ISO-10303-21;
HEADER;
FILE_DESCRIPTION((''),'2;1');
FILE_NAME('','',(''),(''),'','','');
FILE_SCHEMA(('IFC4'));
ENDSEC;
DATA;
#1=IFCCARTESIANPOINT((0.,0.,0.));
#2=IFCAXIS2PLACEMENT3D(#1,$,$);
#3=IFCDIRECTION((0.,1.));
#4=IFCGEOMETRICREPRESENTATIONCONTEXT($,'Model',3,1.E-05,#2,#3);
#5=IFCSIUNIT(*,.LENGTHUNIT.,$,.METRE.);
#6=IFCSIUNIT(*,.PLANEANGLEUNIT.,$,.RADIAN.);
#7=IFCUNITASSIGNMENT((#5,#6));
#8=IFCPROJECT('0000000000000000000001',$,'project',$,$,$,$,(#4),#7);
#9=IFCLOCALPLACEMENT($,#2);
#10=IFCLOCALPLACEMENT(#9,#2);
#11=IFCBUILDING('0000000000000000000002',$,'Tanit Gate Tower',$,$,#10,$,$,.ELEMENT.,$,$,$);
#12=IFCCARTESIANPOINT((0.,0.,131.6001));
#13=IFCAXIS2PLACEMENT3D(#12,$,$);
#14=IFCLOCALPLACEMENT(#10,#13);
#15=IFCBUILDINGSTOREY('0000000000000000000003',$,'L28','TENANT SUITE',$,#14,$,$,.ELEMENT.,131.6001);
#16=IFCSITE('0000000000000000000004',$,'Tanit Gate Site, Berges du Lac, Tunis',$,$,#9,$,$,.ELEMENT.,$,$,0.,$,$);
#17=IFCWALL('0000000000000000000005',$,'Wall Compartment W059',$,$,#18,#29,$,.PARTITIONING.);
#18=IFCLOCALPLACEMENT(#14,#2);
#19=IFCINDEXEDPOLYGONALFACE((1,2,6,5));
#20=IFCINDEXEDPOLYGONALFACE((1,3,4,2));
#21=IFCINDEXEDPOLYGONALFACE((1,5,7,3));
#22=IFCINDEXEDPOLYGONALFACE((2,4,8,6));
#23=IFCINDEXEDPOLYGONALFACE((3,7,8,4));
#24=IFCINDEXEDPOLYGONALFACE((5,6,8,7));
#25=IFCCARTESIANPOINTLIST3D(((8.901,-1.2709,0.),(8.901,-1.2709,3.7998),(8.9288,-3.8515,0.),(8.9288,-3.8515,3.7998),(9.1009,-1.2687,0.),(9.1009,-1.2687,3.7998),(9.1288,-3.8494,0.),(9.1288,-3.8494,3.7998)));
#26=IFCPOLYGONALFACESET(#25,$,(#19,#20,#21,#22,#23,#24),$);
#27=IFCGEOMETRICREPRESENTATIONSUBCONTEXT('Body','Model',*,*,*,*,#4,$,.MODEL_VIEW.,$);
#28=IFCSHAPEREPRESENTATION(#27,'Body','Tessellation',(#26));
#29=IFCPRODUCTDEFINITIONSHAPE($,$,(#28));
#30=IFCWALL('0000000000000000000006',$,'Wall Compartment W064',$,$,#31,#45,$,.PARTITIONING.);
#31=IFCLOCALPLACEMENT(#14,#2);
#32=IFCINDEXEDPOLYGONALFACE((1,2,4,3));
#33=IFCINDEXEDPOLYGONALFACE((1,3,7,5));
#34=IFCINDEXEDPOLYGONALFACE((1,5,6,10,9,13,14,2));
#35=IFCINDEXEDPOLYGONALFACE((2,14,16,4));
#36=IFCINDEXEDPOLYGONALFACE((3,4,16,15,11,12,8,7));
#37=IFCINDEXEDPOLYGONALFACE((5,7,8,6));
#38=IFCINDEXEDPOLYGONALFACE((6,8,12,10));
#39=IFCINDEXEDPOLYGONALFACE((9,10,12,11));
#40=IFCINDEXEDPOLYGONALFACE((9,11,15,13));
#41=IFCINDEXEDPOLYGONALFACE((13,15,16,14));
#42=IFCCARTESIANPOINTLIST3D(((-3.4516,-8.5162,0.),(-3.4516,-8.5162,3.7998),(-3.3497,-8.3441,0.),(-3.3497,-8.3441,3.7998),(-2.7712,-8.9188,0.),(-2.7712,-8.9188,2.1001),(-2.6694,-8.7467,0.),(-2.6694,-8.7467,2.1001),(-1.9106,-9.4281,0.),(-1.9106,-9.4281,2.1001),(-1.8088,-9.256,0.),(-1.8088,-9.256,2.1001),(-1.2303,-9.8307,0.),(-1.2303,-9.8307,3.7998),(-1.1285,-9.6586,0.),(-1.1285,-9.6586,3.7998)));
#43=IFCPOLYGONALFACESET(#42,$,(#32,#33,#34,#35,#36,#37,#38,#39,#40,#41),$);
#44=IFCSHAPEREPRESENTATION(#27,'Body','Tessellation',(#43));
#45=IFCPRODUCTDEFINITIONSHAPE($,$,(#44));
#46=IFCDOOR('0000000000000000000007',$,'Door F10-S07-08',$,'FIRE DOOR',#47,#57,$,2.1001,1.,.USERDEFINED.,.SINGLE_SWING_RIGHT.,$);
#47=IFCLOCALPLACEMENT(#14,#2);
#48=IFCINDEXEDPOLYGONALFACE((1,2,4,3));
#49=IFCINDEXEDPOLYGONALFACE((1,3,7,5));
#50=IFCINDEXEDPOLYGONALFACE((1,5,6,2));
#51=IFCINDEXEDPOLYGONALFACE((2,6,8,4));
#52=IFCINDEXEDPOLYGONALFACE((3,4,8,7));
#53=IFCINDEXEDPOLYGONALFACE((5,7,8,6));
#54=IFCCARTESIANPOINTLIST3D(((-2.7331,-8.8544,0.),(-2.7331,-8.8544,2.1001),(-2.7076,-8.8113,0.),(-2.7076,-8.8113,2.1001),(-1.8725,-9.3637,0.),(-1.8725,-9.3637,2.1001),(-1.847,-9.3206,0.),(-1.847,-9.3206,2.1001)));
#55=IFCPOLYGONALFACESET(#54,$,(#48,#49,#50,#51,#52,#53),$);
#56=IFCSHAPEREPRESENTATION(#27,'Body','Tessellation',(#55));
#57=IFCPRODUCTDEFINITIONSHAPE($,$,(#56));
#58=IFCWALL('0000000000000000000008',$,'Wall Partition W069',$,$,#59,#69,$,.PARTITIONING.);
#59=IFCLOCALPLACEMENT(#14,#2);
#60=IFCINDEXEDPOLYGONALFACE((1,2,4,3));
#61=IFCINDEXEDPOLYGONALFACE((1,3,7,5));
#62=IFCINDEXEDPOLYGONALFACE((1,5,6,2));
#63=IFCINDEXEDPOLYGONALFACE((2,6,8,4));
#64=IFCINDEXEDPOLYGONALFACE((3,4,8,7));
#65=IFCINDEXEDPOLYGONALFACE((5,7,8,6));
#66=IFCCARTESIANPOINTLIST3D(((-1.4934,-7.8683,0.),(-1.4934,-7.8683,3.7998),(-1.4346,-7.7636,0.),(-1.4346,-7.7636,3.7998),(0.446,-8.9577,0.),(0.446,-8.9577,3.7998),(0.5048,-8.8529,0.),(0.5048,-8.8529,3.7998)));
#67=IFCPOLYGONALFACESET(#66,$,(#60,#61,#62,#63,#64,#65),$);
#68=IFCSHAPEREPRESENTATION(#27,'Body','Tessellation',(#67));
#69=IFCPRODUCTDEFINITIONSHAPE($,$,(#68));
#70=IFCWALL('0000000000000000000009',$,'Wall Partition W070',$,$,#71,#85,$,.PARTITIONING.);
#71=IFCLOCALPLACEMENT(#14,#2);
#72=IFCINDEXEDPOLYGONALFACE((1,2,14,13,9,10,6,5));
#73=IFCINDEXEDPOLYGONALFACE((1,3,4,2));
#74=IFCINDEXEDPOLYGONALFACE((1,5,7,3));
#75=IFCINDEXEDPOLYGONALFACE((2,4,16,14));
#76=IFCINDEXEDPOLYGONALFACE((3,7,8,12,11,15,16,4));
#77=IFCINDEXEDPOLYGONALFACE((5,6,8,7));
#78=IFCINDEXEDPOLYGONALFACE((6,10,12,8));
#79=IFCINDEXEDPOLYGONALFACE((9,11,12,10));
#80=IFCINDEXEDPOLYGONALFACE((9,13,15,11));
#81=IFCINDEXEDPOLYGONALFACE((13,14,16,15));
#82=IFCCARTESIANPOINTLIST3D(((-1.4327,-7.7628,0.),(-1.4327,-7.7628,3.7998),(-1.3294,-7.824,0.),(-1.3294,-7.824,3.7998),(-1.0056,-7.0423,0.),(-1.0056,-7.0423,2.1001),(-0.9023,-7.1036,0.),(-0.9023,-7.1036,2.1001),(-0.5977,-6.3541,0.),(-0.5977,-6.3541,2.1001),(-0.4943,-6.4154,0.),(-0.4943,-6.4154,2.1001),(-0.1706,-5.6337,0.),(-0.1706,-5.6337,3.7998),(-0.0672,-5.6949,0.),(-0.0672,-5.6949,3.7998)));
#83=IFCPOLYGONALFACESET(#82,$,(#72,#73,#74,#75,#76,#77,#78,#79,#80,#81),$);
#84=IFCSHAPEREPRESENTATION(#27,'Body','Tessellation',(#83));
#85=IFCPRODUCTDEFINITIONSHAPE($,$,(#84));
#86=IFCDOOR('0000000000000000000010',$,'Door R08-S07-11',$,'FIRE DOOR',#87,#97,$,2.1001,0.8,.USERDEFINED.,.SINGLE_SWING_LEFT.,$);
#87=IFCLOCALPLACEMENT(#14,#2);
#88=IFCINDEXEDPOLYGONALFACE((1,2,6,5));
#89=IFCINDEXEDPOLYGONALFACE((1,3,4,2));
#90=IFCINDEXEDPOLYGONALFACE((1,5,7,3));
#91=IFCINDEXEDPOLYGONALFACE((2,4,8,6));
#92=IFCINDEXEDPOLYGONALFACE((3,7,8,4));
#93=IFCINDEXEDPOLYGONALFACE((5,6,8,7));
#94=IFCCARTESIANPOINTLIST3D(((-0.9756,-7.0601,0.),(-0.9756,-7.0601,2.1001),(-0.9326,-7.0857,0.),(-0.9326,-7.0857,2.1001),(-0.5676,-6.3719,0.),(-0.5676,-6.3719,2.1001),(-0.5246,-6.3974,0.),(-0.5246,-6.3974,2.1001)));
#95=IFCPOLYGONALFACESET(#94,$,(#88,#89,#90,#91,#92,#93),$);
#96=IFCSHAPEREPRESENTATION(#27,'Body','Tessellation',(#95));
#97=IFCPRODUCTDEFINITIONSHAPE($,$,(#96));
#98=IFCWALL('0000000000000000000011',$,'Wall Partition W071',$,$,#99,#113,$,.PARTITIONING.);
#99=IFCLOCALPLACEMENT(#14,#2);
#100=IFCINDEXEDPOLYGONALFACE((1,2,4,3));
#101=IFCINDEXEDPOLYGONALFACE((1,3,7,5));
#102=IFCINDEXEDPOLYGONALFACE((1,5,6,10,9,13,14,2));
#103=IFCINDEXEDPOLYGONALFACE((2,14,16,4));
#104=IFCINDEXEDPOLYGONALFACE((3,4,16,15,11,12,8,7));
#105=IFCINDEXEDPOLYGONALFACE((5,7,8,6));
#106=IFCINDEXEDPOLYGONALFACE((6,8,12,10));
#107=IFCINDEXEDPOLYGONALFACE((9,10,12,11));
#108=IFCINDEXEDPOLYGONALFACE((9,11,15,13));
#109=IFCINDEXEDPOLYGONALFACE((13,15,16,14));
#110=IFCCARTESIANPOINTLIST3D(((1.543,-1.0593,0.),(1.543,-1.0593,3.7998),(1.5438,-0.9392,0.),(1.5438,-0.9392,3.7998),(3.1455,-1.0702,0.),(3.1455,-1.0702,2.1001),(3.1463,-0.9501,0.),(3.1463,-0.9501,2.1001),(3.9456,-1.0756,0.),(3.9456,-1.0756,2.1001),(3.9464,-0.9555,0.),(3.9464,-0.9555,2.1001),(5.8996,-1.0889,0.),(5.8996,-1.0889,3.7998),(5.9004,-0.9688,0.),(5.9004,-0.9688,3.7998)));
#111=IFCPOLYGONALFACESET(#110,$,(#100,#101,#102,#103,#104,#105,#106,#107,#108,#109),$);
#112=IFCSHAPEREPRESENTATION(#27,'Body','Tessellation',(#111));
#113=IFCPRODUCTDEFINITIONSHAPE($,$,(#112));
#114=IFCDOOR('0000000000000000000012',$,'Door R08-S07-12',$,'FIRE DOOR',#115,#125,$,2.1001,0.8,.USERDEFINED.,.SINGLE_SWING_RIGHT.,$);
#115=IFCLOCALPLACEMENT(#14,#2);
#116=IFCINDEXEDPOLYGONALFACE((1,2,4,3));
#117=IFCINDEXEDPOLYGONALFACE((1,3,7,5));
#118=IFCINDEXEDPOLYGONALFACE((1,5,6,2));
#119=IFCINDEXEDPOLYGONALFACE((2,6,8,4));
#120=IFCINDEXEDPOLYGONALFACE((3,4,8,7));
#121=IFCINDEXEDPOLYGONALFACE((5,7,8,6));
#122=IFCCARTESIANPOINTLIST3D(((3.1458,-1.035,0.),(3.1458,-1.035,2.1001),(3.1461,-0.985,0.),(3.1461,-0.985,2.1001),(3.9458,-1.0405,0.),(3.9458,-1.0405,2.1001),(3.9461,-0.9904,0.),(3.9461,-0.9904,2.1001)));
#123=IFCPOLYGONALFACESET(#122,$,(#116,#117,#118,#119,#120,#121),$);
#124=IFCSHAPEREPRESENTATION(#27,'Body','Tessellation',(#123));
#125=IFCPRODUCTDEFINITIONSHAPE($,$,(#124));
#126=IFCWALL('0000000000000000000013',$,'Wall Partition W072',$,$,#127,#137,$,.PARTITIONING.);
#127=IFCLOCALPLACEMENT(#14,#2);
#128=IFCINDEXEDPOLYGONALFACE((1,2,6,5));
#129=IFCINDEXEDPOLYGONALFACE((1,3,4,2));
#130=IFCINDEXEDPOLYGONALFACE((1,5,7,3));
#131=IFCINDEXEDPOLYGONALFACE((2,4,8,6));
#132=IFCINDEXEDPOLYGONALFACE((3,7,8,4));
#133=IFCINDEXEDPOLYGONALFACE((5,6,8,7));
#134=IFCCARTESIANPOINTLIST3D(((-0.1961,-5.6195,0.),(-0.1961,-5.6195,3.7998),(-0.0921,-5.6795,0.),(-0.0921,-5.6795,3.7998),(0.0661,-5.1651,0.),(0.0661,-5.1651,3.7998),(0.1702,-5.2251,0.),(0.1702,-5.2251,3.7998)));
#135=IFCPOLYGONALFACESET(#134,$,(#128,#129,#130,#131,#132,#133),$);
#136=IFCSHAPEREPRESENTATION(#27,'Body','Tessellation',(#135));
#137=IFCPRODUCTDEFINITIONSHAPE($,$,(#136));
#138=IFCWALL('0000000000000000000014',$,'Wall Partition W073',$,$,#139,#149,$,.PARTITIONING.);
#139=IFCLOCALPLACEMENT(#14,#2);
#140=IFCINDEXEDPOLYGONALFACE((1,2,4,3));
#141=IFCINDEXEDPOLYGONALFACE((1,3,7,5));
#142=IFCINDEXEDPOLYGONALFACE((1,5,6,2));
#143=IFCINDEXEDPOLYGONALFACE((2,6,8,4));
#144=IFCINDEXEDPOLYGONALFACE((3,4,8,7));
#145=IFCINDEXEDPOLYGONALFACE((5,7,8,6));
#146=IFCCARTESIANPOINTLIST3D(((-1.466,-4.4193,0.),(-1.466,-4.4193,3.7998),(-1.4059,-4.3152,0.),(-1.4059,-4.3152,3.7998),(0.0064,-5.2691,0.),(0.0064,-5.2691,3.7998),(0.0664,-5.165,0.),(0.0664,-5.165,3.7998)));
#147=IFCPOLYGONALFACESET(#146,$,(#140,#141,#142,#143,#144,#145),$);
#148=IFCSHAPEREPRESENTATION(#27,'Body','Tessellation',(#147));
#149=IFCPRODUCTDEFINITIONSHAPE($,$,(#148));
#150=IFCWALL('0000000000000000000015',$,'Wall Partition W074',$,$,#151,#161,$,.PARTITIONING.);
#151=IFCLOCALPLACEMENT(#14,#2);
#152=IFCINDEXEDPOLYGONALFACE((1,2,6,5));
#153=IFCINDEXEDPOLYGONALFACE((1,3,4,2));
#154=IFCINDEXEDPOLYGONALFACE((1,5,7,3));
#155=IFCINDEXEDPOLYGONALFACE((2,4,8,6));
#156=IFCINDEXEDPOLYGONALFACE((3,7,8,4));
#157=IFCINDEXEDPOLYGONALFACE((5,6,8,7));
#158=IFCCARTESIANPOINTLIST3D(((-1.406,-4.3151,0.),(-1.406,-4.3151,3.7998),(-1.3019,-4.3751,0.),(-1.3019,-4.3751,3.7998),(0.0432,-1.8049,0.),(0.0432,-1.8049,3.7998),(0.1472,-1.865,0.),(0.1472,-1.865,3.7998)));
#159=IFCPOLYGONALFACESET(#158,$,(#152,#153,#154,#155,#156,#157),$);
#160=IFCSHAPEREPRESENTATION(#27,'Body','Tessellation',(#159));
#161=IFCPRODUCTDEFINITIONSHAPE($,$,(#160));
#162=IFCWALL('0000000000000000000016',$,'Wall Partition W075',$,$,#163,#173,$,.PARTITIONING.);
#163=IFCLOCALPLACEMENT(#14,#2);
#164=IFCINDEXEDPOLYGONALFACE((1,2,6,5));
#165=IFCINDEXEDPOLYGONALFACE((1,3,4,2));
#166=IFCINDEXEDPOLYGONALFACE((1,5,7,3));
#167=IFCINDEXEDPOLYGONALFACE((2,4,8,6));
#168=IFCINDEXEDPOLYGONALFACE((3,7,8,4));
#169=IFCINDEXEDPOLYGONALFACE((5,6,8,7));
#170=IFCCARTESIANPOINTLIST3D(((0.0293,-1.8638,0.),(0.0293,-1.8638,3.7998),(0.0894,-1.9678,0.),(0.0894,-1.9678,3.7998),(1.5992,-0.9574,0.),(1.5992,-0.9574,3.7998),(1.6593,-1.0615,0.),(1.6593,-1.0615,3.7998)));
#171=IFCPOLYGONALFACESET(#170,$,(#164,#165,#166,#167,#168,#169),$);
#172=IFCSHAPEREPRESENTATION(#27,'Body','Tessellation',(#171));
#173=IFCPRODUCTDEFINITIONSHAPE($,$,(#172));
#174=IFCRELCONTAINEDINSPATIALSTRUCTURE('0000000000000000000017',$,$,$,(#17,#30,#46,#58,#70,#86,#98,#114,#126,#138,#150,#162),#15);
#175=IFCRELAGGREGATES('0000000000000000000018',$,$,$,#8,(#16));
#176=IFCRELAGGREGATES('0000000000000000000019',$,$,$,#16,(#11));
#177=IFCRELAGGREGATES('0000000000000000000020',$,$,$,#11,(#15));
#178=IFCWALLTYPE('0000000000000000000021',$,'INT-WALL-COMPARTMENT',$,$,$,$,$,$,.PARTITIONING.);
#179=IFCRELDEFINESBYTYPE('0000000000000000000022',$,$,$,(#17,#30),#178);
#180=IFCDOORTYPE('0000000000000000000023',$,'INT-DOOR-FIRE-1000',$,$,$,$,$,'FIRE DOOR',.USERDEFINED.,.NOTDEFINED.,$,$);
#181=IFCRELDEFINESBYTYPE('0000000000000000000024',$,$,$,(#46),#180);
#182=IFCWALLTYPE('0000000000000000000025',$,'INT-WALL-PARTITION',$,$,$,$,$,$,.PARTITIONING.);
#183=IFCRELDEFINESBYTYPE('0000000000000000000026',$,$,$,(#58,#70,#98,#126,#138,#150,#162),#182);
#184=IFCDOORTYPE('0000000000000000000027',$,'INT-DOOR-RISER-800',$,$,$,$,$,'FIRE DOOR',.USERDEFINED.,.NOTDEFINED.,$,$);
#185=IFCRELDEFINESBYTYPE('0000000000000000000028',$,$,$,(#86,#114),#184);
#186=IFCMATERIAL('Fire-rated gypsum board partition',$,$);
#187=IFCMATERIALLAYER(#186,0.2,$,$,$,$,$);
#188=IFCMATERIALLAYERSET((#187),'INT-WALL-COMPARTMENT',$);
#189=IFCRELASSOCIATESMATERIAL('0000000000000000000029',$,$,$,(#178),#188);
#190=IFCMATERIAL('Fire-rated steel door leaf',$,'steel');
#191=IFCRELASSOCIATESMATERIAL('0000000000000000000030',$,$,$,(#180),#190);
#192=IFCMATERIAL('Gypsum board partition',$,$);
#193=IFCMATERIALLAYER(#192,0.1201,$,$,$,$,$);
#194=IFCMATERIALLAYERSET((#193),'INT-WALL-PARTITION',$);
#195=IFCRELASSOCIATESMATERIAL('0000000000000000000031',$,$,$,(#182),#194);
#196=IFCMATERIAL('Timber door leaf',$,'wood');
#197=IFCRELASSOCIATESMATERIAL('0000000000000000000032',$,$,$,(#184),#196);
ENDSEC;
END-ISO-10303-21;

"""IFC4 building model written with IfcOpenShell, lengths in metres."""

from ifc_helpers import new_model, si_unit, direction, frame, frame_2d, origin, place, context, subcontext, project, spatial, rectangle, extrude, material, layer, layer_set, type_object, element, fill, save


model = new_model("IFC4")

# Units and contexts
model_context = context("Model", 3, precision=1e-05, world=origin(), true_north=direction((0.0, 1.0)))
body_context = subcontext(model_context, "Body", "Model", "MODEL_VIEW")
ifc_project = project(units=[si_unit("LENGTHUNIT", "METRE"), si_unit("PLANEANGLEUNIT", "RADIAN")], contexts=[model_context])

# Site, building, storey
site_placement = place(None, origin())
site = spatial("IfcSite", under=ifc_project, at=site_placement, Name="Tanit Gate Site, Berges du Lac, Tunis", CompositionType="ELEMENT", RefElevation=0.0)
building_placement = place(site_placement, origin())
building = spatial("IfcBuilding", under=site, at=building_placement, Name="Tanit Gate Tower", CompositionType="ELEMENT")
storey_placement = place(building_placement, frame((0.0, 0.0, 131.6001)))
storey = spatial("IfcBuildingStorey", under=building, at=storey_placement, Name="L28", Description="TENANT SUITE", CompositionType="ELEMENT", Elevation=131.6001)

# Wall
ifc_material_1 = material(Name="Fire-rated gypsum board partition")
ifc_layer_1 = layer(ifc_material_1, 0.2)
ifc_layer_set_1 = layer_set([ifc_layer_1], Name="INT-WALL-COMPARTMENT")
wall_type_1 = type_object("IfcWallType", Name="INT-WALL-COMPARTMENT", PredefinedType="PARTITIONING", material=ifc_layer_set_1)
wall_1_placement = place(storey_placement, frame((9.0288, -3.8506, 0.0), z_axis=(0.0, 0.0, 1.0), x_axis=(-0.010785, 0.999942, 0.0)))
element("IfcWall", 1, at=wall_1_placement, inside=storey, type_object=wall_type_1, Name="Wall Compartment W059", PredefinedType="PARTITIONING", context=body_context, shape_type="SweptSolid", body=[
    extrude(rectangle(XDim=2.5808, YDim=0.2, at=frame_2d((1.2905, 0.0))), origin(), (0.0, 0.0, 1.0), 3.7998),
])

# Wall, opening, door
wall_2_placement = place(storey_placement, frame((-3.4006, -8.4302, 0.0), z_axis=(0.0, 0.0, 1.0), x_axis=(0.860599, -0.509284, 0.0)))
wall_2 = element("IfcWall", 2, at=wall_2_placement, inside=storey, type_object=wall_type_1, Name="Wall Compartment W064", PredefinedType="PARTITIONING", context=body_context, shape_type="SweptSolid", body=[
    extrude(rectangle(XDim=2.5811, YDim=0.2, at=frame_2d((1.2905, 0.0))), origin(), (0.0, 0.0, 1.0), 3.7998),
])
opening_1_placement = place(wall_2_placement, frame((0.7905, 0.0, 0.0)))
opening_1 = element("IfcOpeningElement", 3, at=opening_1_placement, cuts=wall_2, PredefinedType="OPENING", context=body_context, shape_type="SweptSolid", body=[
    extrude(rectangle(XDim=1.0, YDim=2.1001, at=frame_2d((0.5, 1.05))), frame((0.0, 0.1099, 0.0), z_axis=(0.0, -1.0, 0.0), x_axis=(1.0, 0.0, 0.0)), (0.0, 0.0, 1.0), 0.22),
])
ifc_material_2 = material(Name="Fire-rated steel door leaf", Category="steel")
door_type_1 = type_object("IfcDoorType", Name="INT-DOOR-FIRE-1000", ElementType="FIRE DOOR", OperationType="NOTDEFINED", PredefinedType="USERDEFINED", material=ifc_material_2)
door_1_placement = place(opening_1_placement, origin())
door_1 = element("IfcDoor", 4, at=door_1_placement, inside=storey, type_object=door_type_1, Name="Door F10-S07-08", ObjectType="FIRE DOOR", OperationType="SINGLE_SWING_RIGHT", OverallHeight=2.1001, OverallWidth=1.0, PredefinedType="USERDEFINED", context=body_context, shape_type="SweptSolid", body=[
    extrude(rectangle(XDim=1.0, YDim=2.1001, at=frame_2d((0.5, 1.05))), frame((0.0, 0.0249, 0.0), z_axis=(0.0, -1.0, 0.0), x_axis=(1.0, 0.0, 0.0)), (0.0, 0.0, 1.0), 0.05),
])
fill(opening_1, door_1)

# Wall
ifc_material_3 = material(Name="Gypsum board partition")
ifc_layer_2 = layer(ifc_material_3, 0.1201)
ifc_layer_set_2 = layer_set([ifc_layer_2], Name="INT-WALL-PARTITION")
wall_type_2 = type_object("IfcWallType", Name="INT-WALL-PARTITION", PredefinedType="PARTITIONING", material=ifc_layer_set_2)
wall_3_placement = place(storey_placement, frame((-1.4641, -7.8159, 0.0), z_axis=(0.0, 0.0, 1.0), x_axis=(0.87188, -0.489719, 0.0)))
element("IfcWall", 5, at=wall_3_placement, inside=storey, type_object=wall_type_2, Name="Wall Partition W069", PredefinedType="PARTITIONING", context=body_context, shape_type="SweptSolid", body=[
    extrude(rectangle(XDim=2.2244, YDim=0.1201, at=frame_2d((1.1123, 0.0))), origin(), (0.0, 0.0, 1.0), 3.7998),
])

# Walls, openings, doors
wall_4_placement = place(storey_placement, frame((-0.1189, -5.6643, 0.0), z_axis=(0.0, 0.0, 1.0), x_axis=(-0.509948, -0.860205, 0.0)))
wall_4 = element("IfcWall", 6, at=wall_4_placement, inside=storey, type_object=wall_type_2, Name="Wall Partition W070", PredefinedType="PARTITIONING", context=body_context, shape_type="SweptSolid", body=[
    extrude(rectangle(XDim=2.4751, YDim=0.1201, at=frame_2d((1.2375, 0.0))), origin(), (0.0, 0.0, 1.0), 3.7998),
])
opening_2_placement = place(wall_4_placement, frame((0.8376, 0.0, 0.0)))
opening_2 = element("IfcOpeningElement", 7, at=opening_2_placement, cuts=wall_4, PredefinedType="OPENING", context=body_context, shape_type="SweptSolid", body=[
    extrude(rectangle(XDim=0.8, YDim=2.1001, at=frame_2d((0.3999, 1.05))), frame((0.0, 0.0701, 0.0), z_axis=(0.0, -1.0, 0.0), x_axis=(1.0, 0.0, 0.0)), (0.0, 0.0, 1.0), 0.1401),
])
ifc_material_4 = material(Name="Timber door leaf", Category="wood")
door_type_2 = type_object("IfcDoorType", Name="INT-DOOR-RISER-800", ElementType="FIRE DOOR", OperationType="NOTDEFINED", PredefinedType="USERDEFINED", material=ifc_material_4)
door_2_placement = place(opening_2_placement, origin())
door_2 = element("IfcDoor", 8, at=door_2_placement, inside=storey, type_object=door_type_2, Name="Door R08-S07-11", ObjectType="FIRE DOOR", OperationType="SINGLE_SWING_LEFT", OverallHeight=2.1001, OverallWidth=0.8, PredefinedType="USERDEFINED", context=body_context, shape_type="SweptSolid", body=[
    extrude(rectangle(XDim=0.8, YDim=2.1001, at=frame_2d((0.3999, 1.05))), frame((0.0, 0.0249, 0.0), z_axis=(0.0, -1.0, 0.0), x_axis=(1.0, 0.0, 0.0)), (0.0, 0.0, 1.0), 0.05),
])
fill(opening_2, door_2)
wall_5_placement = place(storey_placement, frame((5.8999, -1.0288, 0.0), z_axis=(0.0, 0.0, 1.0), x_axis=(-0.999977, 0.00678, 0.0)))
wall_5 = element("IfcWall", 9, at=wall_5_placement, inside=storey, type_object=wall_type_2, Name="Wall Partition W071", PredefinedType="PARTITIONING", context=body_context, shape_type="SweptSolid", body=[
    extrude(rectangle(XDim=4.3567, YDim=0.1201, at=frame_2d((2.1782, 0.0))), origin(), (0.0, 0.0, 1.0), 3.7998),
])
opening_3_placement = place(wall_5_placement, frame((1.9541, 0.0, 0.0)))
opening_3 = element("IfcOpeningElement", 10, at=opening_3_placement, cuts=wall_5, PredefinedType="OPENING", context=body_context, shape_type="SweptSolid", body=[
    extrude(rectangle(XDim=0.8, YDim=2.1001, at=frame_2d((0.3999, 1.05))), frame((0.0, 0.0701, 0.0), z_axis=(0.0, -1.0, 0.0), x_axis=(1.0, 0.0, 0.0)), (0.0, 0.0, 1.0), 0.1401),
])
door_3_placement = place(opening_3_placement, origin())
door_3 = element("IfcDoor", 11, at=door_3_placement, inside=storey, type_object=door_type_2, Name="Door R08-S07-12", ObjectType="FIRE DOOR", OperationType="SINGLE_SWING_RIGHT", OverallHeight=2.1001, OverallWidth=0.8, PredefinedType="USERDEFINED", context=body_context, shape_type="SweptSolid", body=[
    extrude(rectangle(XDim=0.8, YDim=2.1001, at=frame_2d((0.3999, 1.05))), frame((0.0, 0.0249, 0.0), z_axis=(0.0, -1.0, 0.0), x_axis=(1.0, 0.0, 0.0)), (0.0, 0.0, 1.0), 0.05),
])
fill(opening_3, door_3)

# Walls
wall_6_placement = place(storey_placement, frame((-0.144, -5.6494, 0.0), z_axis=(0.0, 0.0, 1.0), x_axis=(0.499843, 0.866116, 0.0)))
element("IfcWall", 12, at=wall_6_placement, inside=storey, type_object=wall_type_2, Name="Wall Partition W072", PredefinedType="PARTITIONING", context=body_context, shape_type="SweptSolid", body=[
    extrude(rectangle(XDim=0.5247, YDim=0.1201, at=frame_2d((0.2622, 0.0))), origin(), (0.0, 0.0, 1.0), 3.7998),
])
wall_7_placement = place(storey_placement, frame((-1.436, -4.3672, 0.0), z_axis=(0.0, 0.0, 1.0), x_axis=(0.866088, -0.499892, 0.0)))
element("IfcWall", 13, at=wall_7_placement, inside=storey, type_object=wall_type_2, Name="Wall Partition W073", PredefinedType="PARTITIONING", context=body_context, shape_type="SweptSolid", body=[
    extrude(rectangle(XDim=1.7, YDim=0.1201, at=frame_2d((0.8501, 0.0))), origin(), (0.0, 0.0, 1.0), 3.7998),
])
wall_8_placement = place(storey_placement, frame((0.0952, -1.835, 0.0), z_axis=(0.0, 0.0, 1.0), x_axis=(-0.49998, -0.866037, 0.0)))
element("IfcWall", 14, at=wall_8_placement, inside=storey, type_object=wall_type_2, Name="Wall Partition W074", PredefinedType="PARTITIONING", context=body_context, shape_type="SweptSolid", body=[
    extrude(rectangle(XDim=2.8984, YDim=0.1201, at=frame_2d((1.4492, 0.0))), origin(), (0.0, 0.0, 1.0), 3.7998),
])
wall_9_placement = place(storey_placement, frame((1.6292, -1.0095, 0.0), z_axis=(0.0, 0.0, 1.0), x_axis=(-0.866047, -0.499963, 0.0)))
element("IfcWall", 15, at=wall_9_placement, inside=storey, type_object=wall_type_2, Name="Wall Partition W075", PredefinedType="PARTITIONING", context=body_context, shape_type="SweptSolid", body=[
    extrude(rectangle(XDim=1.8127, YDim=0.1201, at=frame_2d((0.9062, 0.0))), origin(), (0.0, 0.0, 1.0), 3.7998),
])

save(model, "model.ifc")
